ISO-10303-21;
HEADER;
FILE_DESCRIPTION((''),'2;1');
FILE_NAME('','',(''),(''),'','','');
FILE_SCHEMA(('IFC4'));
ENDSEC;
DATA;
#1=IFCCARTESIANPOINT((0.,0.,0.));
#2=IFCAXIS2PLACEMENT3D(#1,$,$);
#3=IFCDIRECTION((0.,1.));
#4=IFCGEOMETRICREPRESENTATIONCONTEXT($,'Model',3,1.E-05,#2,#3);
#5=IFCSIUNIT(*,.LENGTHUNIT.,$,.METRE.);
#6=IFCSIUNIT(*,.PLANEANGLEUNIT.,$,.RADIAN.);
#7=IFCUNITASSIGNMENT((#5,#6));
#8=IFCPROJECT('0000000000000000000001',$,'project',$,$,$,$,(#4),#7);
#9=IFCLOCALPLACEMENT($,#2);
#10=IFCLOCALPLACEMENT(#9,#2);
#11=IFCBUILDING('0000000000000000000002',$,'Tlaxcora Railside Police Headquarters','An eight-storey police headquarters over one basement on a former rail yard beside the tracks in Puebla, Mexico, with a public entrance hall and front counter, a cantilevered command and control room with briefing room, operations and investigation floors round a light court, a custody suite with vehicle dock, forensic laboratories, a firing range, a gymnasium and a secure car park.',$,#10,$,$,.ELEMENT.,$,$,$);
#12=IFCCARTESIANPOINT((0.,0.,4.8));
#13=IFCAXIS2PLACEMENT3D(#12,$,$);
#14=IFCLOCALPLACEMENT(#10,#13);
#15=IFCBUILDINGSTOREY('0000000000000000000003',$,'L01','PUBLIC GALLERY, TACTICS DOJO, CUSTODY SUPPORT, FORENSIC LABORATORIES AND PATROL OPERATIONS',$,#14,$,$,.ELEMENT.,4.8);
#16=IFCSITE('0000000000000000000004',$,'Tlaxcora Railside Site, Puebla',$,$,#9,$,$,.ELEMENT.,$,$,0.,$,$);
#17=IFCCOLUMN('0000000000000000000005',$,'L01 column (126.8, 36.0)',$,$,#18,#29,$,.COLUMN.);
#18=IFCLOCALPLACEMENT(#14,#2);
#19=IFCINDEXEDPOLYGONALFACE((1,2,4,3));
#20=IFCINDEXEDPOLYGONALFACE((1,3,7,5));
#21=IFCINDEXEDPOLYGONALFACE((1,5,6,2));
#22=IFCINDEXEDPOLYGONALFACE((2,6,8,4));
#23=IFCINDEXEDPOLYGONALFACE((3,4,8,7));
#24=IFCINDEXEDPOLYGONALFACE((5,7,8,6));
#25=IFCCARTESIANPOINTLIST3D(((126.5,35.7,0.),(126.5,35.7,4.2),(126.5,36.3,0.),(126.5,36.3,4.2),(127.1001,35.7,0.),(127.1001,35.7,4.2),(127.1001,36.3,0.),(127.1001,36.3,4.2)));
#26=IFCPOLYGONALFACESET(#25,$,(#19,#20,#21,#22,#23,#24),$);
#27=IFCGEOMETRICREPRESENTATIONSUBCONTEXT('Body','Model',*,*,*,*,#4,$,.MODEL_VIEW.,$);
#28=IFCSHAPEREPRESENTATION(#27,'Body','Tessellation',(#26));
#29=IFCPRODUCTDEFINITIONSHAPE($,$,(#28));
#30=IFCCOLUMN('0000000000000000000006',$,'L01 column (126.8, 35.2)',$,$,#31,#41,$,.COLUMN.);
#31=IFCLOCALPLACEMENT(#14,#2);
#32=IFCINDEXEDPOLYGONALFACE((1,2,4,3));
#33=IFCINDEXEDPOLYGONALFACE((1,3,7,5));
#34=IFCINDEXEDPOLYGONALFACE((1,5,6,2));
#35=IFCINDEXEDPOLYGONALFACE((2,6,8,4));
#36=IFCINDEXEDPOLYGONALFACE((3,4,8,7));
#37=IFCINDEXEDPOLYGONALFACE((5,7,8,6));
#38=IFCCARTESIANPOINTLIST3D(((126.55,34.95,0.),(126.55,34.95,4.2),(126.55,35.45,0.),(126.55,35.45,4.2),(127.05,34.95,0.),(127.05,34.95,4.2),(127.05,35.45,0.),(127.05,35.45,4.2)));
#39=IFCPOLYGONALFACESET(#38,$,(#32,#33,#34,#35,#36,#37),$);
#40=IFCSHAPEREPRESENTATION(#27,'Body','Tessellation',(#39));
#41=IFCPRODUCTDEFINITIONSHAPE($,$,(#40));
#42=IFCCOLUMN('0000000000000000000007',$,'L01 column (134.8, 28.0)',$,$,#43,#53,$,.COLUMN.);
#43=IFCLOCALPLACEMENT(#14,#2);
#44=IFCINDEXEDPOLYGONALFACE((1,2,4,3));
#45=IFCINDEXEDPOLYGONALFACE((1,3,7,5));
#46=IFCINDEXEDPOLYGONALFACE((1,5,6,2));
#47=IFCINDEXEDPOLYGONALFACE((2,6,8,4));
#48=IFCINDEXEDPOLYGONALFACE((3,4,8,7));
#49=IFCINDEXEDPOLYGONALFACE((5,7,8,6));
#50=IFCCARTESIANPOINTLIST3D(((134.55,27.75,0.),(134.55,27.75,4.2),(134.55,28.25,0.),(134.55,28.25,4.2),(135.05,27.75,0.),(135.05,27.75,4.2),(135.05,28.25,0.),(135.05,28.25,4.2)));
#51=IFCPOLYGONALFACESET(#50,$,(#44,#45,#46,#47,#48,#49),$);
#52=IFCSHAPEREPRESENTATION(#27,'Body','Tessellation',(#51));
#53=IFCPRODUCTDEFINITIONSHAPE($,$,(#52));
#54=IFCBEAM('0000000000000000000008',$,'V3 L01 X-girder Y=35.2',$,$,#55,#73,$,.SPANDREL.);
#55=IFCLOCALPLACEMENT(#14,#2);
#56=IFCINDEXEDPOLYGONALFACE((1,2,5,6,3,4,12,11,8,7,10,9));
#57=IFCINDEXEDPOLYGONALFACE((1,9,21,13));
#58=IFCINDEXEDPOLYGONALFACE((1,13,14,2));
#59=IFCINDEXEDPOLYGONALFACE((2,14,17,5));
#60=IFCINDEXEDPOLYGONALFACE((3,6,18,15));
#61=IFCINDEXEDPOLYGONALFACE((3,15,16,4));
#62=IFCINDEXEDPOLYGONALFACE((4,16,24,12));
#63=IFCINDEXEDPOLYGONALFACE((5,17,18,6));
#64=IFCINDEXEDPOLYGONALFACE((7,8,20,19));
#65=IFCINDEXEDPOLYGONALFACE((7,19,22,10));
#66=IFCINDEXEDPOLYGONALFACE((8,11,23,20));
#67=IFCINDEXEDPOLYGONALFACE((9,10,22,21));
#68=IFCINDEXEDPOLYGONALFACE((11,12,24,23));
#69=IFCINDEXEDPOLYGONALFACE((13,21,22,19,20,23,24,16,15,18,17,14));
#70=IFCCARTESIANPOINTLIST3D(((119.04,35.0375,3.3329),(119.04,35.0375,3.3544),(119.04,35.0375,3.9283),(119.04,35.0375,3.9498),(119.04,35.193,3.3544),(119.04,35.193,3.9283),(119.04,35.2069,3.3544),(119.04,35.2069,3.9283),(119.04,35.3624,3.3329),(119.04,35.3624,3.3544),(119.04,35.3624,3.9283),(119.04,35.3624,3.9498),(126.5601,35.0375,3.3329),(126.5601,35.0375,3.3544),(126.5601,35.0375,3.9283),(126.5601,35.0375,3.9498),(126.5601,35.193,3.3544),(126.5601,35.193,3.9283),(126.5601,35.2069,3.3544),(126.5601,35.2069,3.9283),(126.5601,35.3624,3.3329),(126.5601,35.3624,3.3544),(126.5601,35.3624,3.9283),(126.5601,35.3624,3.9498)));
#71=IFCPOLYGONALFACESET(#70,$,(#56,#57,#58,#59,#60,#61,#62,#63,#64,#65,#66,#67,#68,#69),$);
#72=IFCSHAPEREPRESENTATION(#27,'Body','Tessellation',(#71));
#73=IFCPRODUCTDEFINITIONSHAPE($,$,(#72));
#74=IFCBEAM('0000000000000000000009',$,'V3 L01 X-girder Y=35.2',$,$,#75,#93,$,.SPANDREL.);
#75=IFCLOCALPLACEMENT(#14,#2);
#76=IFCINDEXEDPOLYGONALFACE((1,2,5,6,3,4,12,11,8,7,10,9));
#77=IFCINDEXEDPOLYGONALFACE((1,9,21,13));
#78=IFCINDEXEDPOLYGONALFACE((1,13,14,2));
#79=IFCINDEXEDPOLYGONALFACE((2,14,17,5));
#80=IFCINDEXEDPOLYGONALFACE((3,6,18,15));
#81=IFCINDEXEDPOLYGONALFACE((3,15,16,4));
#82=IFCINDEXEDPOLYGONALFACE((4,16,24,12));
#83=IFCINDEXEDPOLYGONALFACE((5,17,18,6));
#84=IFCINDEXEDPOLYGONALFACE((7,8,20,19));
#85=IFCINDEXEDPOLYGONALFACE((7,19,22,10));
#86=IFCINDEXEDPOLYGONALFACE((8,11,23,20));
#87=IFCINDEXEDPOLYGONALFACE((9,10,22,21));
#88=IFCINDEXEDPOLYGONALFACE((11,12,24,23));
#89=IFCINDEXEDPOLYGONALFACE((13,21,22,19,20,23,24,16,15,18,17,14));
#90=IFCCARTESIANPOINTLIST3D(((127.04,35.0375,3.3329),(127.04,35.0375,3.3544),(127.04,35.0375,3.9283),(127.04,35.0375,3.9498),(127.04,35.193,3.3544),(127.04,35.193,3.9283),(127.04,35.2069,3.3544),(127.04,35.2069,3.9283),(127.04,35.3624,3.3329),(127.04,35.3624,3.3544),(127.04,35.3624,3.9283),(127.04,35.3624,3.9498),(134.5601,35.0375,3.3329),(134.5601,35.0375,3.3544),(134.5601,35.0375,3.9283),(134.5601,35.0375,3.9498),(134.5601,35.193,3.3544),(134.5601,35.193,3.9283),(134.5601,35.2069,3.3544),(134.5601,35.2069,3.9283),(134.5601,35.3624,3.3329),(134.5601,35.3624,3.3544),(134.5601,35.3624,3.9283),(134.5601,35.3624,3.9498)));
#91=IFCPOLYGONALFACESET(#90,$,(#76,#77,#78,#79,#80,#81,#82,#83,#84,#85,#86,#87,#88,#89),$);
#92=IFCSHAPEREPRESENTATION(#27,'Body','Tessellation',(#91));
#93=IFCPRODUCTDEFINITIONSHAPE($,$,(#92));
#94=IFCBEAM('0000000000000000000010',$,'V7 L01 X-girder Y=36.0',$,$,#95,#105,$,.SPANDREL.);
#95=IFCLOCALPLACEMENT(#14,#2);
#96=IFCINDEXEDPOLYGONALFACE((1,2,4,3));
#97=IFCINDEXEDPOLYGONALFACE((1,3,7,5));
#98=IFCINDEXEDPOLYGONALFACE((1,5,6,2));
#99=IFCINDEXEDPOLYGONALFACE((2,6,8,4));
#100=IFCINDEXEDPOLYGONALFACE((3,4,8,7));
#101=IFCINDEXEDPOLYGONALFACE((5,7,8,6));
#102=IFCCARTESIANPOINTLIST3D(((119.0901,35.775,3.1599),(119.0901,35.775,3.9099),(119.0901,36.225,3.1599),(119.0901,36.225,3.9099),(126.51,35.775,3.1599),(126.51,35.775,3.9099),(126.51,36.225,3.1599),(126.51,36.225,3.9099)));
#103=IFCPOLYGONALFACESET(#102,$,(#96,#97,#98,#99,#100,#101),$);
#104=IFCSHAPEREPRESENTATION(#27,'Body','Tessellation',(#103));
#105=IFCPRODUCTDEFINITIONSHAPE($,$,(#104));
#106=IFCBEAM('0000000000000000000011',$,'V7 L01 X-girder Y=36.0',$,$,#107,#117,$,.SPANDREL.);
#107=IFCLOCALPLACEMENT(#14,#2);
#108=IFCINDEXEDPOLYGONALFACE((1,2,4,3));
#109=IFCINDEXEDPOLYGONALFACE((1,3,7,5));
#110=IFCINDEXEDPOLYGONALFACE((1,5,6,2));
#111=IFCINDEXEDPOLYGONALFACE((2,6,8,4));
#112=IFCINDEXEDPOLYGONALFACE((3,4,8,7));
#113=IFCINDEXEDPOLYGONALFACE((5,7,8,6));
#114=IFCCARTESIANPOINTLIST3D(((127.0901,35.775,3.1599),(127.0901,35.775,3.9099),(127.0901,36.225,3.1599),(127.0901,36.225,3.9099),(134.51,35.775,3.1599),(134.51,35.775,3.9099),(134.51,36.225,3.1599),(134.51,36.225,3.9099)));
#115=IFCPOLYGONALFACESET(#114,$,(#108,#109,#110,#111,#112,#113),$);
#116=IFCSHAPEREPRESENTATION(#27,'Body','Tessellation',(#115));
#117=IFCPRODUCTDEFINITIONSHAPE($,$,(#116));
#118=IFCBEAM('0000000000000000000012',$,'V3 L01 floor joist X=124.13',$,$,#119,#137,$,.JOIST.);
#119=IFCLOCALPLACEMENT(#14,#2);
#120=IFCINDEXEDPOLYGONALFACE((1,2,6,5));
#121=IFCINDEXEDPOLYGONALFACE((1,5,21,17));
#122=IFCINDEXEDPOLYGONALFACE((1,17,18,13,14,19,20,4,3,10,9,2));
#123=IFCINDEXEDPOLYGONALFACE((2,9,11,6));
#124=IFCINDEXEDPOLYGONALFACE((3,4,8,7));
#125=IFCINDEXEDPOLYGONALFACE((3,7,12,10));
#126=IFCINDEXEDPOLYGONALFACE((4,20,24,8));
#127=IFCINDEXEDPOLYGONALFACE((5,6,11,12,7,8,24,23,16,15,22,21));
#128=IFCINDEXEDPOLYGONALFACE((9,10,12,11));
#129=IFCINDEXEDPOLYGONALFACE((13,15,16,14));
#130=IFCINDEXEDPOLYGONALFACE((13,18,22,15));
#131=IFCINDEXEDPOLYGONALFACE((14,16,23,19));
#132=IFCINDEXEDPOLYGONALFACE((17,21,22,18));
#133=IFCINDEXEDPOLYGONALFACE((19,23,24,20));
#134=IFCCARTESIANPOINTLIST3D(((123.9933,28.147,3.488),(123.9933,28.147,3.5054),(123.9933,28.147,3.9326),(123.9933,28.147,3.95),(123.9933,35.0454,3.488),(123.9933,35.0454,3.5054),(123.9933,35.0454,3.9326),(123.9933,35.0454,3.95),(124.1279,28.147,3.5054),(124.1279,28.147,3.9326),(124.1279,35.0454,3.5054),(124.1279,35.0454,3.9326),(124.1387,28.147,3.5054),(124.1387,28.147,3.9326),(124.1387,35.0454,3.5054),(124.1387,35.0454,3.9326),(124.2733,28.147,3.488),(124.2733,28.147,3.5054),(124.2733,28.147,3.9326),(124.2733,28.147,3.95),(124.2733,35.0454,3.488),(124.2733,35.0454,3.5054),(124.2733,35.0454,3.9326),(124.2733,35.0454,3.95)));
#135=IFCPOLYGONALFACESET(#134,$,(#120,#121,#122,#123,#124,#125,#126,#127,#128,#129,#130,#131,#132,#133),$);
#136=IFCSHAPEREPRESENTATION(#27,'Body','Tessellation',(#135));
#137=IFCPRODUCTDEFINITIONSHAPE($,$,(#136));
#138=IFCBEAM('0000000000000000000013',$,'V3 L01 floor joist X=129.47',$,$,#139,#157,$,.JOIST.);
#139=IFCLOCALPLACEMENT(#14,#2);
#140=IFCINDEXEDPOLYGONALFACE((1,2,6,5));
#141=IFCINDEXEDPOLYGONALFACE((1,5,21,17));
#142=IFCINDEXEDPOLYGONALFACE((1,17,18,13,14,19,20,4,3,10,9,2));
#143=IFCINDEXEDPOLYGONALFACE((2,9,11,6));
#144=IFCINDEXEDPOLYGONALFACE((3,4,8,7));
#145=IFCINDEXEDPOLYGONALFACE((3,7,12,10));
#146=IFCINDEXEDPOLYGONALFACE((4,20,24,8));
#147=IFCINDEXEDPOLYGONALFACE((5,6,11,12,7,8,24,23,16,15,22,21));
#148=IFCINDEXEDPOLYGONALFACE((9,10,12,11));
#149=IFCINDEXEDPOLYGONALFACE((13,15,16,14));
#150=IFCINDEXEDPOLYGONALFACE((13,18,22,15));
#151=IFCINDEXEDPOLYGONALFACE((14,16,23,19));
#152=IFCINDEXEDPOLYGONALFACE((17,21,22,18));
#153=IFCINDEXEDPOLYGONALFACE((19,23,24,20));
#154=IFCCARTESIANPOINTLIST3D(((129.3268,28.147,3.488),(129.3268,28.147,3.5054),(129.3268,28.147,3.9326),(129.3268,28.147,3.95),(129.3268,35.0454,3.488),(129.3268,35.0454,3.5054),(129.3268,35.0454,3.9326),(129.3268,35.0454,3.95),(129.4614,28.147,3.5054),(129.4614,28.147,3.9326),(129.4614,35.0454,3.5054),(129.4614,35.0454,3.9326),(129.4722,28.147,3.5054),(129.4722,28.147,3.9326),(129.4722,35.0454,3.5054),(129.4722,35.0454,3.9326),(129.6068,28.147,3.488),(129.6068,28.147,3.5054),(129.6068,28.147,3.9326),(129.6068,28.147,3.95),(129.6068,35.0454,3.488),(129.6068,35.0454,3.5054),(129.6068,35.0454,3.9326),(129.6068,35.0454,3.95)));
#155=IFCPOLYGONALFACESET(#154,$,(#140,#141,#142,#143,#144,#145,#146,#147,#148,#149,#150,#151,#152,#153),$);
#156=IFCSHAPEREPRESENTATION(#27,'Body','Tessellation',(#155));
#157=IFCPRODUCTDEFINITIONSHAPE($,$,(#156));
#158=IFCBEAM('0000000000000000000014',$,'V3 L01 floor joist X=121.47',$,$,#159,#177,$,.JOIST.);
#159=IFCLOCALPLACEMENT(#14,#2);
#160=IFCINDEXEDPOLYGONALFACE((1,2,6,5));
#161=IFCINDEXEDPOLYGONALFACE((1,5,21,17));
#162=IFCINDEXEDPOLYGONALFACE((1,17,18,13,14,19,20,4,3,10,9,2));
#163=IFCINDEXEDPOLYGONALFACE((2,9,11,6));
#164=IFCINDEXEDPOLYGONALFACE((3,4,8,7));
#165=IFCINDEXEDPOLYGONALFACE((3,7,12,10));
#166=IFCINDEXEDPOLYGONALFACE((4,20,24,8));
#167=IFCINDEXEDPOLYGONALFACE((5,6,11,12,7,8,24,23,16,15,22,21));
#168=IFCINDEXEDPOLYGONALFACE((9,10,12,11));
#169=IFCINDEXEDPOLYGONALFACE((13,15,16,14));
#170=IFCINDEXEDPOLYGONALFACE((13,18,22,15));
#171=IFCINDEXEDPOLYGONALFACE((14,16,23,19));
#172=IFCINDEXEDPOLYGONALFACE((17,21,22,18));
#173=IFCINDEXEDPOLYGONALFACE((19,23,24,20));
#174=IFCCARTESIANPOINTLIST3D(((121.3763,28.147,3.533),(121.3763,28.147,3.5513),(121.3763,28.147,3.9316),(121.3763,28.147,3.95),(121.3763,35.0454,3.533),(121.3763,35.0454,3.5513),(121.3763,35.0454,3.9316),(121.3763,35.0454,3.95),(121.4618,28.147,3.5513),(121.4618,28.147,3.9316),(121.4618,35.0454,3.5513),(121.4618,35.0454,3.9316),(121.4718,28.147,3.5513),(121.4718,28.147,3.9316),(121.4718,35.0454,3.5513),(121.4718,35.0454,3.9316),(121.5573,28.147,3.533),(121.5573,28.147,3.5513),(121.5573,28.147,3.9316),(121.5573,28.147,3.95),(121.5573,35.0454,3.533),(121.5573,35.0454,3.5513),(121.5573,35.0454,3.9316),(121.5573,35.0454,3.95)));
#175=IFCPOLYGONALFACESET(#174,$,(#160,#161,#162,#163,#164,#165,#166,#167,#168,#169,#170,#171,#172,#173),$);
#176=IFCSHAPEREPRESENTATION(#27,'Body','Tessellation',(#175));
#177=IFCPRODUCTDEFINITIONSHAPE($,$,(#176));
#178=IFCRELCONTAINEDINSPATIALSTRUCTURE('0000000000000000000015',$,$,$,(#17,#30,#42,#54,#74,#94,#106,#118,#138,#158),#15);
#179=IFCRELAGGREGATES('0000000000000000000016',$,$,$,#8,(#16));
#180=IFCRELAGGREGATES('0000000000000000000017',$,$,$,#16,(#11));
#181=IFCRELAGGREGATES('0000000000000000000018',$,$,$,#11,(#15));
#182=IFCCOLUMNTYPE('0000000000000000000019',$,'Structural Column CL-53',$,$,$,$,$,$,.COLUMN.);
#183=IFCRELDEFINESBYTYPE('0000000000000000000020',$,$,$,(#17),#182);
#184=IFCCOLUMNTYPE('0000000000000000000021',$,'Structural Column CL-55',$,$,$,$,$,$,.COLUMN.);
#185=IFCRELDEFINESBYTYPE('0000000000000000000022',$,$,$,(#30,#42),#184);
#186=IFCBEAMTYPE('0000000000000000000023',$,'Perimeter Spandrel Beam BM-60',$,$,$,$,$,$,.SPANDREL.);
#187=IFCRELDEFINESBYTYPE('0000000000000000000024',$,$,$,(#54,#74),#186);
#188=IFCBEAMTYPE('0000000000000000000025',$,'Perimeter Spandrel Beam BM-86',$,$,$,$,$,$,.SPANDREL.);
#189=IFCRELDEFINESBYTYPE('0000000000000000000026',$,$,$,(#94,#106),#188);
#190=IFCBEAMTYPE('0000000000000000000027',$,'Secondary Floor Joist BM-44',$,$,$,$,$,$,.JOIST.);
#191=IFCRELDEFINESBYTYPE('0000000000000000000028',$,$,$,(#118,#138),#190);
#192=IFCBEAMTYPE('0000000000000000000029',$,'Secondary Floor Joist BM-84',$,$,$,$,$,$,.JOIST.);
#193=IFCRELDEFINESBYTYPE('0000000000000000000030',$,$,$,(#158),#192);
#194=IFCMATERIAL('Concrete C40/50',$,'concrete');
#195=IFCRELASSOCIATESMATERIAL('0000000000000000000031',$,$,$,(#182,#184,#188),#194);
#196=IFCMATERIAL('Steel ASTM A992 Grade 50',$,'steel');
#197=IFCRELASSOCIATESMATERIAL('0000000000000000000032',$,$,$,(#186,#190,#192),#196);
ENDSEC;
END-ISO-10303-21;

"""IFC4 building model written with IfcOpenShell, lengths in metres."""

from ifc_helpers import new_model, si_unit, direction, frame, origin, origin_2d, place, context, subcontext, project, spatial, rectangle, i_section, extrude, material, material_profile, profile_set, type_object, element, save


model = new_model("IFC4")

# Units and contexts
model_context = context("Model", 3, precision=1e-05, world=origin(), true_north=direction((0.0, 1.0)))
body_context = subcontext(model_context, "Body", "Model", "MODEL_VIEW")
ifc_project = project(units=[si_unit("LENGTHUNIT", "METRE"), si_unit("PLANEANGLEUNIT", "RADIAN")], contexts=[model_context])

# Site, building, storey
site_placement = place(None, origin())
site = spatial("IfcSite", under=ifc_project, at=site_placement, Name="Tlaxcora Railside Site, Puebla", CompositionType="ELEMENT", RefElevation=0.0)
building_placement = place(site_placement, origin())
building = spatial("IfcBuilding", under=site, at=building_placement, Name="Tlaxcora Railside Police Headquarters", Description="An eight-storey police headquarters over one basement on a former rail yard beside the tracks in Puebla, Mexico, with a public entrance hall and front counter, a cantilevered command and control room with briefing room, operations and investigation floors round a light court, a custody suite with vehicle dock, forensic laboratories, a firing range, a gymnasium and a secure car park.", CompositionType="ELEMENT")
storey_placement = place(building_placement, frame((0.0, 0.0, 4.8)))
storey = spatial("IfcBuildingStorey", under=building, at=storey_placement, Name="L01", Description="PUBLIC GALLERY, TACTICS DOJO, CUSTODY SUPPORT, FORENSIC LABORATORIES AND PATROL OPERATIONS", CompositionType="ELEMENT", Elevation=4.8)

# Columns
ifc_material_1 = material(Name="Concrete C40/50", Category="concrete")
ifc_material_profile_1 = material_profile(ifc_material_1, rectangle(XDim=0.6001, YDim=0.6001, at=origin_2d()), Name="RC600X600")
ifc_profile_set_1 = profile_set([ifc_material_profile_1], Name="Concrete C40/50")
column_type_1 = type_object("IfcColumnType", Name="Structural Column CL-53", PredefinedType="COLUMN", material=ifc_profile_set_1)
column_placement = place(storey_placement, frame((126.8, 36.0, 0.0), z_axis=(0.0, 0.0, 1.0), x_axis=(1.0, 0.0, 0.0)))
element("IfcColumn", 1, at=column_placement, inside=storey, type_object=column_type_1, Name="L01 column (126.8, 36.0)", PredefinedType="COLUMN", context=body_context, shape_type="SweptSolid", body=[
    extrude(rectangle(XDim=0.6001, YDim=0.6001, at=origin_2d()), origin(), (0.0, 0.0, 1.0), 4.2),
])
ifc_material_profile_2 = material_profile(ifc_material_1, rectangle(XDim=0.5, YDim=0.5, at=origin_2d()), Name="RC500X500")
ifc_profile_set_2 = profile_set([ifc_material_profile_2], Name="Concrete C40/50")
column_type_2 = type_object("IfcColumnType", Name="Structural Column CL-55", PredefinedType="COLUMN", material=ifc_profile_set_2)
for number, where, z_axis, x_axis, name in (
    (2, (126.8, 35.2, 0.0), (0.0, 0.0, 1.0), (1.0, 0.0, 0.0), "L01 column (126.8, 35.2)"),
    (3, (134.8, 28.0, 0.0), (0.0, 0.0, 1.0), (1.0, 0.0, 0.0), "L01 column (134.8, 28.0)"),
):
    element("IfcColumn", number, at=place(storey_placement, frame(where, z_axis=z_axis, x_axis=x_axis)), inside=storey, type_object=column_type_2, Name=name, PredefinedType="COLUMN", context=body_context, shape_type="SweptSolid", body=[
        extrude(rectangle(XDim=0.5, YDim=0.5, at=origin_2d()), origin(), (0.0, 0.0, 1.0), 4.2),
    ])

# Beams
ifc_material_2 = material(Name="Steel ASTM A992 Grade 50", Category="steel")
ifc_material_profile_3 = material_profile(ifc_material_2, i_section(OverallWidth=0.325, OverallDepth=0.6169, WebThickness=0.0139, FlangeThickness=0.0215, at=origin_2d()), Name="W24X117")
ifc_profile_set_3 = profile_set([ifc_material_profile_3], Name="Steel ASTM A992 Grade 50")
beam_type_1 = type_object("IfcBeamType", Name="Perimeter Spandrel Beam BM-60", PredefinedType="SPANDREL", material=ifc_profile_set_3)
for number, where, z_axis, x_axis, name in (
    (4, (119.04, 35.2, 3.6414), (1.0, 0.0, 0.0), (0.0, 1.0, 0.0), "V3 L01 X-girder Y=35.2"),
    (5, (127.04, 35.2, 3.6414), (1.0, 0.0, 0.0), (0.0, 1.0, 0.0), "V3 L01 X-girder Y=35.2"),
):
    element("IfcBeam", number, at=place(storey_placement, frame(where, z_axis=z_axis, x_axis=x_axis)), inside=storey, type_object=beam_type_1, Name=name, PredefinedType="SPANDREL", context=body_context, shape_type="SweptSolid", body=[
        extrude(i_section(OverallWidth=0.325, OverallDepth=0.6169, WebThickness=0.0139, FlangeThickness=0.0215, at=origin_2d()), origin(), (0.0, 0.0, 1.0), 7.52),
    ])
ifc_material_profile_4 = material_profile(ifc_material_1, rectangle(XDim=0.45, YDim=0.75, at=origin_2d()), Name="RC450X750")
ifc_profile_set_4 = profile_set([ifc_material_profile_4], Name="Concrete C40/50")
beam_type_2 = type_object("IfcBeamType", Name="Perimeter Spandrel Beam BM-86", PredefinedType="SPANDREL", material=ifc_profile_set_4)
for number, where, z_axis, x_axis, name in (
    (6, (119.0901, 36.0, 3.5349), (1.0, 0.0, 0.0), (0.0, 1.0, 0.0), "V7 L01 X-girder Y=36.0"),
    (7, (127.0901, 36.0, 3.5349), (1.0, 0.0, 0.0), (0.0, 1.0, 0.0), "V7 L01 X-girder Y=36.0"),
):
    element("IfcBeam", number, at=place(storey_placement, frame(where, z_axis=z_axis, x_axis=x_axis)), inside=storey, type_object=beam_type_2, Name=name, PredefinedType="SPANDREL", context=body_context, shape_type="SweptSolid", body=[
        extrude(rectangle(XDim=0.45, YDim=0.75, at=origin_2d()), origin(), (0.0, 0.0, 1.0), 7.4199),
    ])
ifc_material_profile_5 = material_profile(ifc_material_2, i_section(OverallWidth=0.28, OverallDepth=0.4619, WebThickness=0.0107, FlangeThickness=0.0173, at=origin_2d()), Name="W18X76")
ifc_profile_set_5 = profile_set([ifc_material_profile_5], Name="Steel ASTM A992 Grade 50")
beam_type_3 = type_object("IfcBeamType", Name="Secondary Floor Joist BM-44", PredefinedType="JOIST", material=ifc_profile_set_5)
for number, where, z_axis, x_axis, name in (
    (8, (124.1333, 28.147, 3.719), (0.0, 1.0, 0.0), (-1.0, 0.0, 0.0), "V3 L01 floor joist X=124.13"),
    (9, (129.4668, 28.147, 3.719), (0.0, 1.0, 0.0), (-1.0, 0.0, 0.0), "V3 L01 floor joist X=129.47"),
):
    element("IfcBeam", number, at=place(storey_placement, frame(where, z_axis=z_axis, x_axis=x_axis)), inside=storey, type_object=beam_type_3, Name=name, PredefinedType="JOIST", context=body_context, shape_type="SweptSolid", body=[
        extrude(i_section(OverallWidth=0.28, OverallDepth=0.4619, WebThickness=0.0107, FlangeThickness=0.0173, at=origin_2d()), origin(), (0.0, 0.0, 1.0), 6.8984),
    ])
ifc_material_profile_6 = material_profile(ifc_material_2, i_section(OverallWidth=0.1809, OverallDepth=0.417, WebThickness=0.01, FlangeThickness=0.0183, at=origin_2d()), Name="W16X57")
ifc_profile_set_6 = profile_set([ifc_material_profile_6], Name="Steel ASTM A992 Grade 50")
beam_type_4 = type_object("IfcBeamType", Name="Secondary Floor Joist BM-84", PredefinedType="JOIST", material=ifc_profile_set_6)
beam_1_placement = place(storey_placement, frame((121.4668, 28.147, 3.7415), z_axis=(0.0, 1.0, 0.0), x_axis=(-1.0, 0.0, 0.0)))
element("IfcBeam", 10, at=beam_1_placement, inside=storey, type_object=beam_type_4, Name="V3 L01 floor joist X=121.47", PredefinedType="JOIST", context=body_context, shape_type="SweptSolid", body=[
    extrude(i_section(OverallWidth=0.1809, OverallDepth=0.417, WebThickness=0.01, FlangeThickness=0.0183, at=origin_2d()), origin(), (0.0, 0.0, 1.0), 6.8984),
])

save(model, "model.ifc")
